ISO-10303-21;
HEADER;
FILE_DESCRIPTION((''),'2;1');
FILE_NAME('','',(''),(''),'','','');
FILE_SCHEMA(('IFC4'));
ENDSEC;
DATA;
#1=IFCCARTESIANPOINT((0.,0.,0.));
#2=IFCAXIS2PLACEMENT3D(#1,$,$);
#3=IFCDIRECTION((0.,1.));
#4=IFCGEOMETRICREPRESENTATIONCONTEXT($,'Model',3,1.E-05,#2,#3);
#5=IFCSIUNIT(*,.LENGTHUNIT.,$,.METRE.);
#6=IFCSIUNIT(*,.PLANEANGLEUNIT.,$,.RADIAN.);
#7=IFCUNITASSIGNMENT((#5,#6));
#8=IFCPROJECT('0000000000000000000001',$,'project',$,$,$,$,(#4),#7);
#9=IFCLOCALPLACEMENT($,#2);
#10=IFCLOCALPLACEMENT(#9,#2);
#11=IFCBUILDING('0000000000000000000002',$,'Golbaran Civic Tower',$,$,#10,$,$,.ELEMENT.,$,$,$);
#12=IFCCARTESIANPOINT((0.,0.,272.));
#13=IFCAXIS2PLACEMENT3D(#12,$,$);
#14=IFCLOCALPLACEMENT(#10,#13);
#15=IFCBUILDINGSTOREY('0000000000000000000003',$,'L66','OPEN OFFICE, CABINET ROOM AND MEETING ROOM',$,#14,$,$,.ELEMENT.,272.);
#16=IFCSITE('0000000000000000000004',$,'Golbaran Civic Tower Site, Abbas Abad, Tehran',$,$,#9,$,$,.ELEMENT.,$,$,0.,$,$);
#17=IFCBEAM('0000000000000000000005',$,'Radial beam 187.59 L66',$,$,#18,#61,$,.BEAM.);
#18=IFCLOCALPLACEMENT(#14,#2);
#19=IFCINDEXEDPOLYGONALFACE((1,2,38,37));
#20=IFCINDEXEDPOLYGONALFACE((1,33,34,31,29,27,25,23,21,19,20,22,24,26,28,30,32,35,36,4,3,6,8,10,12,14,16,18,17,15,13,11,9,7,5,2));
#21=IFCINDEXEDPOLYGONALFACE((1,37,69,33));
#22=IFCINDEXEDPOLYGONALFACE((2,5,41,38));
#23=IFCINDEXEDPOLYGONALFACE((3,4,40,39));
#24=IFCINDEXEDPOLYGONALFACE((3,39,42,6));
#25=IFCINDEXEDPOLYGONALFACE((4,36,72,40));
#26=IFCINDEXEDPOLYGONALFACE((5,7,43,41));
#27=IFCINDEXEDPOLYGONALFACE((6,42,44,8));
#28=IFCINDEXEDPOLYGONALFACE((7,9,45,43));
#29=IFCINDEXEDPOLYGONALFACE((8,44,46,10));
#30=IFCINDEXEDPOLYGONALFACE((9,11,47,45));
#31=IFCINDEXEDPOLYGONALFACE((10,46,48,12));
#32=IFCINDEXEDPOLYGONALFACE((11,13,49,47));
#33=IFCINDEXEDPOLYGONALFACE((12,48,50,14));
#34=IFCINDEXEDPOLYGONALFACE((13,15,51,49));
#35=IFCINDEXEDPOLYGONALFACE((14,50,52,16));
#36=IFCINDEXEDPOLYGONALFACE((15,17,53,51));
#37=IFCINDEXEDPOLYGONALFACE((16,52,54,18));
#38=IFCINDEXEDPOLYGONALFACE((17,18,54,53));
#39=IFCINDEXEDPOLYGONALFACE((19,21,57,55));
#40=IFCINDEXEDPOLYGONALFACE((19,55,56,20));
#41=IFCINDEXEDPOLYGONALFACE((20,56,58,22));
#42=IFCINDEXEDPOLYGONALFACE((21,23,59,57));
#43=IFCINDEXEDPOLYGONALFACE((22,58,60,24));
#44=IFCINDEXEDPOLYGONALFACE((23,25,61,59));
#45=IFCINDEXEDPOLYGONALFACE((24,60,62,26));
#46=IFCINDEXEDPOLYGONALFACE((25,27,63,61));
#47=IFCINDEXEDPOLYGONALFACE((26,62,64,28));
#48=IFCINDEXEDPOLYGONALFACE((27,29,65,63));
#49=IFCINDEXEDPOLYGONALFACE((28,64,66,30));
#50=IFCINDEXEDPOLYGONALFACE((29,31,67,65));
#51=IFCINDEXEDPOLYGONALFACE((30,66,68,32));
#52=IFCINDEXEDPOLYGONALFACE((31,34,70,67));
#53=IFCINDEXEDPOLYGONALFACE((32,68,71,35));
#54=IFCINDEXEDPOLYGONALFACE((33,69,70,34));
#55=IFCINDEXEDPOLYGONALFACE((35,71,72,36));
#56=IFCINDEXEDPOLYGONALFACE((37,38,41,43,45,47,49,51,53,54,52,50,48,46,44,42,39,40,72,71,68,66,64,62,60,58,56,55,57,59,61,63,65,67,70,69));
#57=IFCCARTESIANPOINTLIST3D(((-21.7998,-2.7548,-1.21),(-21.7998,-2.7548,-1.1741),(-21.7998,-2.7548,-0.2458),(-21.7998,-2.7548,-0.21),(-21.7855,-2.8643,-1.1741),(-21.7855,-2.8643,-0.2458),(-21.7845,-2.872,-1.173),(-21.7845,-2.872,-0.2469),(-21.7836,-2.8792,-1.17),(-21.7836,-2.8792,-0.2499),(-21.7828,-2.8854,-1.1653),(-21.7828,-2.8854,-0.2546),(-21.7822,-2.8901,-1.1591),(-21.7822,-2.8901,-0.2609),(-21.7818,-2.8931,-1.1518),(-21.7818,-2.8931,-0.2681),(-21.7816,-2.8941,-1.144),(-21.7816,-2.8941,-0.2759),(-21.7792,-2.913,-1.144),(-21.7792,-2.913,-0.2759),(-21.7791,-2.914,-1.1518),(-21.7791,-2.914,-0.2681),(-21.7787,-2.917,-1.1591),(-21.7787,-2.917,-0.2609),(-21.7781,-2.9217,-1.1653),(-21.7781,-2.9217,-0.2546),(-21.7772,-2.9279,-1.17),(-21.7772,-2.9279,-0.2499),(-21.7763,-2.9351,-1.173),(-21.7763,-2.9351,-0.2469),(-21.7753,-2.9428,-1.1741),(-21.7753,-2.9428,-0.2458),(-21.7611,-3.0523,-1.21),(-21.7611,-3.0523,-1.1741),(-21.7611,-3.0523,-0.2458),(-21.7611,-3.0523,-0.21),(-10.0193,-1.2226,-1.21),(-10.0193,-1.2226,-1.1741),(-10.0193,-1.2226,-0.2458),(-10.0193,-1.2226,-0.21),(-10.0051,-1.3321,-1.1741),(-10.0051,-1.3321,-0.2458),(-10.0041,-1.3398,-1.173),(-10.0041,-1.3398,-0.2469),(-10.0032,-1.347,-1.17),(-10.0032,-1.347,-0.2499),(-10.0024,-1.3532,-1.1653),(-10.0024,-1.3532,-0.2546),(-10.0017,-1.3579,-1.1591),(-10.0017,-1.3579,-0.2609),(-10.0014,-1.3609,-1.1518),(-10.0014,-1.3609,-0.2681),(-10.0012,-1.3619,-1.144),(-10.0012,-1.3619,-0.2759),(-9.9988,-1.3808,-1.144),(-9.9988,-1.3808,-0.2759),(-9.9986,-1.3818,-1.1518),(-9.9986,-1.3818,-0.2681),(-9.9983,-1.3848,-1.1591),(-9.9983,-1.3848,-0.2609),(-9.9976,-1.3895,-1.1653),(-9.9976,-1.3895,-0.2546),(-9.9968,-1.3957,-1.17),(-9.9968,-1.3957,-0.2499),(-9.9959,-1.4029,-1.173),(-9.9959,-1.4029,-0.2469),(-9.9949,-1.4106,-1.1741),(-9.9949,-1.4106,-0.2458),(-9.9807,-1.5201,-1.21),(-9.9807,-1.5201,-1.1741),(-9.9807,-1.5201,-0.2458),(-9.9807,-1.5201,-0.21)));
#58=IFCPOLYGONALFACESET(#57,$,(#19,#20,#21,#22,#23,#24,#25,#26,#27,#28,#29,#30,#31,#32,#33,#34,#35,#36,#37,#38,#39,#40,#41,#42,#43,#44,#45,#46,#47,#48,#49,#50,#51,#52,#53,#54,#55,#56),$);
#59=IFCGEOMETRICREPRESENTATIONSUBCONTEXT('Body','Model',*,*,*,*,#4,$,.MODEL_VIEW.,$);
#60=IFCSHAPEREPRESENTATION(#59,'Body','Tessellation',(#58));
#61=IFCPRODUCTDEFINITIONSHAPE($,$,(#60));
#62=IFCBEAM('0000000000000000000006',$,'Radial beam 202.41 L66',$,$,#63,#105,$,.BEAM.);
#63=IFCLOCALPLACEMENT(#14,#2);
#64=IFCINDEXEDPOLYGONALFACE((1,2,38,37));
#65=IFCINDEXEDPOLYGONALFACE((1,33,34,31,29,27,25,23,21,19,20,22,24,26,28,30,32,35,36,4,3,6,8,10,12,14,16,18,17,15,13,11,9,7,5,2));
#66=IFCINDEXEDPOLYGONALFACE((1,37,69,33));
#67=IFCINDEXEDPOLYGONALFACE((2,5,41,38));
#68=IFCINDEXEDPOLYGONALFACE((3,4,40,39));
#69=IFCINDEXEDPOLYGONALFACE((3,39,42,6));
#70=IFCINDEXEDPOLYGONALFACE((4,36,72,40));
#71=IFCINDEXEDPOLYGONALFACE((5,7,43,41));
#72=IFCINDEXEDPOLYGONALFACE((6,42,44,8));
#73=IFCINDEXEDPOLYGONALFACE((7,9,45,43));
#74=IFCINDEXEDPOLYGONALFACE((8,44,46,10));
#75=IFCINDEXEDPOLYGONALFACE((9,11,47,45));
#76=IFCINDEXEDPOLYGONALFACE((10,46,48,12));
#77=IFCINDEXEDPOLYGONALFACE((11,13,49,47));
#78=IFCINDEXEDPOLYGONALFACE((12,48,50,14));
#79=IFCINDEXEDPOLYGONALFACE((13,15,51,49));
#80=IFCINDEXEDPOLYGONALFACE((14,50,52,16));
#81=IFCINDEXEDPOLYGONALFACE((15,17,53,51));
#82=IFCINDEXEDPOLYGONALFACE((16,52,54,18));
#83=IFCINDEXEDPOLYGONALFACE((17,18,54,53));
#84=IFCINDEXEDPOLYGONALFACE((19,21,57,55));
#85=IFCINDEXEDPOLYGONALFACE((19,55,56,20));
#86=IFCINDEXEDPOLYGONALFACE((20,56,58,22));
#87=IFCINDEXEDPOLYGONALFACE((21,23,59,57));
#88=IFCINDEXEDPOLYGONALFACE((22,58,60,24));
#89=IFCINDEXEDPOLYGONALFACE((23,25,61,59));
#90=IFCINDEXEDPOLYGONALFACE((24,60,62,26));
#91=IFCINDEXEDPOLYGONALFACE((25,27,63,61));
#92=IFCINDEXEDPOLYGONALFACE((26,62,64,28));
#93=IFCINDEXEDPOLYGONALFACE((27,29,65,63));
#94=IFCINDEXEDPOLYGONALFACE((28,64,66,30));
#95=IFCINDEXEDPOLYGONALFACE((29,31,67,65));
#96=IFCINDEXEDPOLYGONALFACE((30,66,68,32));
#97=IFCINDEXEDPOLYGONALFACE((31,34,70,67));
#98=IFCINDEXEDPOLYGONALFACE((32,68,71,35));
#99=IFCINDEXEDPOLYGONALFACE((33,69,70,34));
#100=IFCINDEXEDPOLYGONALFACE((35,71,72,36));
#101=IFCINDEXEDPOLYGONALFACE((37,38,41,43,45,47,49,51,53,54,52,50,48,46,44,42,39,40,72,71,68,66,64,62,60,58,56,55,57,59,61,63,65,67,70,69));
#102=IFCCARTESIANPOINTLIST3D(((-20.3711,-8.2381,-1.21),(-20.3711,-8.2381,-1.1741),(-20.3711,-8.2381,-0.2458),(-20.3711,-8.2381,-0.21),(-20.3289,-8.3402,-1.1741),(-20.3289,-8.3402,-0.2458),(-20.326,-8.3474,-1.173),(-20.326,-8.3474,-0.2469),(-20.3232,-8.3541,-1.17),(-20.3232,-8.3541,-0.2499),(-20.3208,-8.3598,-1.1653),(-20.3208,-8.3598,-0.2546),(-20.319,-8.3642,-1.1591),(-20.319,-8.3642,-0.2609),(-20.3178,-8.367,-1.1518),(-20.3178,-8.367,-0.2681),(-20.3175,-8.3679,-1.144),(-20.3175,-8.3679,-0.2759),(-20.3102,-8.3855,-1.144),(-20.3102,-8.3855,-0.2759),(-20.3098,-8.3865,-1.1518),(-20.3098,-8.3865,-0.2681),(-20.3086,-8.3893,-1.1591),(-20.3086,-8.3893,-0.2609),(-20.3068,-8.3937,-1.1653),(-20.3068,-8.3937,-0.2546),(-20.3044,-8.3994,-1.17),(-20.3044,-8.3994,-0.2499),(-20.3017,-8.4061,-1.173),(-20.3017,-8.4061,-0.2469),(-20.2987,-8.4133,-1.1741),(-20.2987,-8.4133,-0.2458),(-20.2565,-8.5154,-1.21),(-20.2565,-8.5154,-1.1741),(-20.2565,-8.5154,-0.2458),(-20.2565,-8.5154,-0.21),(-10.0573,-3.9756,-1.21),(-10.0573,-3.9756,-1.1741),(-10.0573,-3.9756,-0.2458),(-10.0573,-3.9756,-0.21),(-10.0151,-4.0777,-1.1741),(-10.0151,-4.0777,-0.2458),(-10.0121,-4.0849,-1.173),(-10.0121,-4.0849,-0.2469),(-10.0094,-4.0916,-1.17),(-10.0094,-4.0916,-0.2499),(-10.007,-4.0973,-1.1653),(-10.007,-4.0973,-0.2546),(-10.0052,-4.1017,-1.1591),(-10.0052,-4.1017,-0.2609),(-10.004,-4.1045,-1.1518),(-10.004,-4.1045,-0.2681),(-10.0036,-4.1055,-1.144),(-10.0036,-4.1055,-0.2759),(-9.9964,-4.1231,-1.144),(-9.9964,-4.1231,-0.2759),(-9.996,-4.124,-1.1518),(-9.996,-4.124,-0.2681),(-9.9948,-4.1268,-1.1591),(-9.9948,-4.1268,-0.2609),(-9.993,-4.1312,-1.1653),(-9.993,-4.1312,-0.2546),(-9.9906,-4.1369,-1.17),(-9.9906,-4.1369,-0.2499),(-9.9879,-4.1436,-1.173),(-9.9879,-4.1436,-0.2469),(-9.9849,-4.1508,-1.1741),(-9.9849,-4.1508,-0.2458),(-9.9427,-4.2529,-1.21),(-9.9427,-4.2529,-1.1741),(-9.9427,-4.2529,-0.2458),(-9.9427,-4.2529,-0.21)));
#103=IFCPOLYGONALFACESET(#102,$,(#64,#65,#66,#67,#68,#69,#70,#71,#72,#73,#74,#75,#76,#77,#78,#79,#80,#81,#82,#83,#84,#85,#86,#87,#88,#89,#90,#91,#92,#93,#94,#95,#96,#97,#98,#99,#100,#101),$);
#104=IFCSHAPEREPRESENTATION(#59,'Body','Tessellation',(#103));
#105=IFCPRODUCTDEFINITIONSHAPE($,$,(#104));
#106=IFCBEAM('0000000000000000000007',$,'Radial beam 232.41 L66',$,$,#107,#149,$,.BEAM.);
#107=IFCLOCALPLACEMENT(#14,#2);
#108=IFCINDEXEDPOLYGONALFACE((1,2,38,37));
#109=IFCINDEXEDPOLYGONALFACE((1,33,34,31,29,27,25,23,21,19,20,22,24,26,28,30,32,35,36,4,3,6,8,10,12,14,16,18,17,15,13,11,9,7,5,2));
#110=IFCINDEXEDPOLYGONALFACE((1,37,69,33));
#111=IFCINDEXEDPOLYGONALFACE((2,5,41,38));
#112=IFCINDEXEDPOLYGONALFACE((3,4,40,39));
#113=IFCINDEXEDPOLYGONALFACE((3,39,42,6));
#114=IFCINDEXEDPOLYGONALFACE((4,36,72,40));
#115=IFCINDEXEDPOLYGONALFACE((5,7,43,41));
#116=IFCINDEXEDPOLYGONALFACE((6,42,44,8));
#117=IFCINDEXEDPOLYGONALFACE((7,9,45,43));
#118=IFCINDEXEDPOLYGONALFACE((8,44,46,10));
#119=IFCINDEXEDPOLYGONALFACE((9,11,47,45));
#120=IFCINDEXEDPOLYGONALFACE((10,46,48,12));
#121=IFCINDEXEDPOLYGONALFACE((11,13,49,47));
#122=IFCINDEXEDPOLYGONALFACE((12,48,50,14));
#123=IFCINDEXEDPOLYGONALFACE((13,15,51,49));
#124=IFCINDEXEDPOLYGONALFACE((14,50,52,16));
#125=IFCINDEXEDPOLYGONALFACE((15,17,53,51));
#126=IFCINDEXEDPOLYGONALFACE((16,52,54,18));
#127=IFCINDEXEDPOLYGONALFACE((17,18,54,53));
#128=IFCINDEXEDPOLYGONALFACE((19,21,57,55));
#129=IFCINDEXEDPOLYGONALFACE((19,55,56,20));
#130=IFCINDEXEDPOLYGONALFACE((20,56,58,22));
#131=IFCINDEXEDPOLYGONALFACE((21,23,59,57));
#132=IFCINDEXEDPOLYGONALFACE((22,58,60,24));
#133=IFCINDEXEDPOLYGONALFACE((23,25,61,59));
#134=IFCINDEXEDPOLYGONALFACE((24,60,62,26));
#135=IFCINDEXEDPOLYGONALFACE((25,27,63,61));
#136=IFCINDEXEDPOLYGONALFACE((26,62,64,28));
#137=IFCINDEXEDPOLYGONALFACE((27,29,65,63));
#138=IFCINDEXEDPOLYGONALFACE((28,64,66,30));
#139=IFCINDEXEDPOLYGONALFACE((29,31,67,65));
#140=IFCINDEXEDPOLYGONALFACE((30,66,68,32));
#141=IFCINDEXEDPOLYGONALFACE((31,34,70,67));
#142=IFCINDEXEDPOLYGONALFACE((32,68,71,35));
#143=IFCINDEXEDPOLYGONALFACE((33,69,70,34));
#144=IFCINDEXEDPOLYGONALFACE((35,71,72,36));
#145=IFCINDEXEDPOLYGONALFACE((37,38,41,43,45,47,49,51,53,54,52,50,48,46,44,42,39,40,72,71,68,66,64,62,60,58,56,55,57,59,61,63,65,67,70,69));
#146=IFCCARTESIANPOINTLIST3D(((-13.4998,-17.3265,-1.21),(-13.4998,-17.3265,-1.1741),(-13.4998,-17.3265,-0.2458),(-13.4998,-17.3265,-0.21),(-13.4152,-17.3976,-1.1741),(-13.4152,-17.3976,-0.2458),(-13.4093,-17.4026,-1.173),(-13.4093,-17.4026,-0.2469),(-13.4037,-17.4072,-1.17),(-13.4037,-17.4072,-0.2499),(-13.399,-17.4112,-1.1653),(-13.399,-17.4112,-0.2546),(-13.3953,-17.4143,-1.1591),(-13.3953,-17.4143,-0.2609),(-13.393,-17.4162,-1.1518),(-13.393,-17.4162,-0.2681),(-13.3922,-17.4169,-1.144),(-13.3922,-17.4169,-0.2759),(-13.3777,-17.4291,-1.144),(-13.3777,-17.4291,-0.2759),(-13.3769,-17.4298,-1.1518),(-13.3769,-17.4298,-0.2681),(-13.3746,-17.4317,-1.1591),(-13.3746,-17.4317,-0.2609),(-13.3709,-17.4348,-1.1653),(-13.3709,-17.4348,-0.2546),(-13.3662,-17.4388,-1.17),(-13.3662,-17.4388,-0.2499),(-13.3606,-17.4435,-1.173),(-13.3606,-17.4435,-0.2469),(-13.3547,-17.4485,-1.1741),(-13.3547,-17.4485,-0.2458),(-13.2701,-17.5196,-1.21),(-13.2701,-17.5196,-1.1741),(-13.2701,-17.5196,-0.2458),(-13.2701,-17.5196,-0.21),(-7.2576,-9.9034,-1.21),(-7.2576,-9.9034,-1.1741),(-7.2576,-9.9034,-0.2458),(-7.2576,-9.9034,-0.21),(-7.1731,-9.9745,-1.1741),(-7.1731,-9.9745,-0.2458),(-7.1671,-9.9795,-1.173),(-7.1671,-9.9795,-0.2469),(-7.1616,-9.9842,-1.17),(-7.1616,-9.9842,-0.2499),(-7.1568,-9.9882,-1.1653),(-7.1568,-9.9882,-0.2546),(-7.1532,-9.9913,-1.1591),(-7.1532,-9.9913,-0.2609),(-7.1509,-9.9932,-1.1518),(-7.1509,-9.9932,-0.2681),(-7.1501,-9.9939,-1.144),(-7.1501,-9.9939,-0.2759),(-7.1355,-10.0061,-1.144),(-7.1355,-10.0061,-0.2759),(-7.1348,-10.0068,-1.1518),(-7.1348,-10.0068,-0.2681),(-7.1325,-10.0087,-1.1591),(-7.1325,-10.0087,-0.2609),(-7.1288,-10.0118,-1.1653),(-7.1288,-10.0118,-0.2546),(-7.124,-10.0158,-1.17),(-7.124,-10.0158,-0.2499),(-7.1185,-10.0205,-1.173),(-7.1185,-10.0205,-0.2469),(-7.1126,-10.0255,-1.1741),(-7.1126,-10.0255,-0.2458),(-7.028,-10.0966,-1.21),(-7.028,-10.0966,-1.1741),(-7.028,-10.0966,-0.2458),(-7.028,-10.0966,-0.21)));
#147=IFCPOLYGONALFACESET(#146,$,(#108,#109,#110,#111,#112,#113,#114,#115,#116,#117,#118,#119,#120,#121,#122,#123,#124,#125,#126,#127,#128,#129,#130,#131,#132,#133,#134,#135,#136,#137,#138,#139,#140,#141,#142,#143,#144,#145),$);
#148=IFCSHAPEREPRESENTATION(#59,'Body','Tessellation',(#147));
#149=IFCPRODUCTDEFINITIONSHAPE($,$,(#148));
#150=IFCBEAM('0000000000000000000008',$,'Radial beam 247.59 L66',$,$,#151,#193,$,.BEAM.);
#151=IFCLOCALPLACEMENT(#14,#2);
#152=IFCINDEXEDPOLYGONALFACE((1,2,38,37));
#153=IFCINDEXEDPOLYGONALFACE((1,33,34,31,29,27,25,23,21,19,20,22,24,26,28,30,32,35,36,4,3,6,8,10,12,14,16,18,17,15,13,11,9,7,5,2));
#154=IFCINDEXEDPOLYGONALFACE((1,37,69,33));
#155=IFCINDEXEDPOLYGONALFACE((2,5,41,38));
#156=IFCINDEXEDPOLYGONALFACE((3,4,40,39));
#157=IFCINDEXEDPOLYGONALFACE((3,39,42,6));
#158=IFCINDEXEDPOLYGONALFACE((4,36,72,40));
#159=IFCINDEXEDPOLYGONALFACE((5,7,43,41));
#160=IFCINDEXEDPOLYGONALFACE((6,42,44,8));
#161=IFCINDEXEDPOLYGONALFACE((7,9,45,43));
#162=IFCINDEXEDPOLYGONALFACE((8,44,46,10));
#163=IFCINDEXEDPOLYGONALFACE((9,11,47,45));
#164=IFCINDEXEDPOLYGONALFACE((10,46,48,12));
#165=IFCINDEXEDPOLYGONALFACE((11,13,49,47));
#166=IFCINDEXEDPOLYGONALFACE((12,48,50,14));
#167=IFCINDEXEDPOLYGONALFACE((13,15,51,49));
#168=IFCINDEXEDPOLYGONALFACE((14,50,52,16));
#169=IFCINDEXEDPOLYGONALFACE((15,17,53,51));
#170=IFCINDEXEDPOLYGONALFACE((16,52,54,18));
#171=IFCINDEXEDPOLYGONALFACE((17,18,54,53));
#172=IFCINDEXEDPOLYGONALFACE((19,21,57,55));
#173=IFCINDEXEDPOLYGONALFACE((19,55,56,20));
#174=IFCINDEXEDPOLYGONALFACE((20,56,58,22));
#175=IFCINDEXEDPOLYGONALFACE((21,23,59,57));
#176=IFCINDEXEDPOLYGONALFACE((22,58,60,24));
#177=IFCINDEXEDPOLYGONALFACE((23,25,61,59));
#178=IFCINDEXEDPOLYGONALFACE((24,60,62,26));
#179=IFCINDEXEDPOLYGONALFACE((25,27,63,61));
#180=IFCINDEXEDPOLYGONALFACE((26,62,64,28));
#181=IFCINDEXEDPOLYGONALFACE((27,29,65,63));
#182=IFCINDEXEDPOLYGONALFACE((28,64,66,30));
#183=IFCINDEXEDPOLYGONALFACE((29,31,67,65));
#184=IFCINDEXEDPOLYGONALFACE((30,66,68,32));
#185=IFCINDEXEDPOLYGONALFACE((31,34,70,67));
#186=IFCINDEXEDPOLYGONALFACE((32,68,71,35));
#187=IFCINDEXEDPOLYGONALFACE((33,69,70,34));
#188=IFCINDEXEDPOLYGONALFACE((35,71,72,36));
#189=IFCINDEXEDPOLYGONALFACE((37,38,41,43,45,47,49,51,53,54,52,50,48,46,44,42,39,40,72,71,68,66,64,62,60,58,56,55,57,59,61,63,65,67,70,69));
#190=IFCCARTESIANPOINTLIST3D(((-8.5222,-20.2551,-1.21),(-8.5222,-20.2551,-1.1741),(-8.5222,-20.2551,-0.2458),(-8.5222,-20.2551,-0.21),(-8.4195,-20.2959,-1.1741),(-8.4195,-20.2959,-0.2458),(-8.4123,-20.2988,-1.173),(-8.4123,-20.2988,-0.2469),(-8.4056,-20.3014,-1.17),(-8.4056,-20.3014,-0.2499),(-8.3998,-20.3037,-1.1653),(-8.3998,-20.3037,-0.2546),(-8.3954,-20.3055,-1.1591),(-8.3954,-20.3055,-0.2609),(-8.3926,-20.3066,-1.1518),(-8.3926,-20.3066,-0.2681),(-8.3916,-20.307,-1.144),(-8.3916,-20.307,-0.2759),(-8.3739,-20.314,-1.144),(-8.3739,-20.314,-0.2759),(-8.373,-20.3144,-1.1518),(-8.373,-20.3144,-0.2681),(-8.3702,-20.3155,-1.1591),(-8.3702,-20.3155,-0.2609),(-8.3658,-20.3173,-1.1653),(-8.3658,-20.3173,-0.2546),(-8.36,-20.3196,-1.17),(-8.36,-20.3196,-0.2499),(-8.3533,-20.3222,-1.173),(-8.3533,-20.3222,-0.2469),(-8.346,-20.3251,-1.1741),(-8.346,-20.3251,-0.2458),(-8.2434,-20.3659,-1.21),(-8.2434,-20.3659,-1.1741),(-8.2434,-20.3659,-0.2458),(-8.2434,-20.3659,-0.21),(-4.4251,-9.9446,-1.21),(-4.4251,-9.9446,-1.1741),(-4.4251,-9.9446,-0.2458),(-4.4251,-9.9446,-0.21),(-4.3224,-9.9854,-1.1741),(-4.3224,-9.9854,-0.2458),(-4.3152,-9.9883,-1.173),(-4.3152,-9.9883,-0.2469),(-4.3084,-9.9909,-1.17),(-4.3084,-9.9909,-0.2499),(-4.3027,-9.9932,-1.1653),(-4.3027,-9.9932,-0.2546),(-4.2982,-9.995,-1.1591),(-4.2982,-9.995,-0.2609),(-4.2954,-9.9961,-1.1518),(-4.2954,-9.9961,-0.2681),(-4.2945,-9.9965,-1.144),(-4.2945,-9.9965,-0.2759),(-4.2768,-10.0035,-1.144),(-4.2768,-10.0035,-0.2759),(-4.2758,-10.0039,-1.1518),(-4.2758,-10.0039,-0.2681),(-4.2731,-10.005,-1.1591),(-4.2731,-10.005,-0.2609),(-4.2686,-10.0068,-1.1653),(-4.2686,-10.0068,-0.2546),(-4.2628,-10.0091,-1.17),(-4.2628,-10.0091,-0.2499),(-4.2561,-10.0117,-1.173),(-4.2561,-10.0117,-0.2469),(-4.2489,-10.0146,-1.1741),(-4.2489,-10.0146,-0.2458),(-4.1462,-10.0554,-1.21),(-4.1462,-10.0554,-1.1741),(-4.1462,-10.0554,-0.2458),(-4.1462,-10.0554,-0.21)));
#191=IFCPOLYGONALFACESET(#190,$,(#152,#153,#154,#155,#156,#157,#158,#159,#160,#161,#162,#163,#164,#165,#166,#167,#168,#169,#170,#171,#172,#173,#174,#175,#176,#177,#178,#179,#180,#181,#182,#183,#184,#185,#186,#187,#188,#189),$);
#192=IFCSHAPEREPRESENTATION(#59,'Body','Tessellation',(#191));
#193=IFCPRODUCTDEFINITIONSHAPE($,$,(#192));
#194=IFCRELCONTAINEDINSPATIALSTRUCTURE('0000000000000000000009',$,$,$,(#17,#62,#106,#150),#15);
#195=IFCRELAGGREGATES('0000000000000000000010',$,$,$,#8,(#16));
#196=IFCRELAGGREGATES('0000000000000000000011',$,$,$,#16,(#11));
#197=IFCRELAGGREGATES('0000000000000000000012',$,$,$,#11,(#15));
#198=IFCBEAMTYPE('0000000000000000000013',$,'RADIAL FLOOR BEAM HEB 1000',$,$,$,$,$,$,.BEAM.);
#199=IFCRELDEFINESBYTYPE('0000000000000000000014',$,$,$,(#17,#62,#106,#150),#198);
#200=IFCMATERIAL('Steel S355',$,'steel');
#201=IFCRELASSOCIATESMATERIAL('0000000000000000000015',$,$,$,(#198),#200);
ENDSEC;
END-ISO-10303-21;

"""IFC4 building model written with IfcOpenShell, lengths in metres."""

from ifc_helpers import new_model, si_unit, direction, frame, origin, origin_2d, place, context, subcontext, project, spatial, i_section, extrude, material, material_profile, profile_set, type_object, element, save


model = new_model("IFC4")

# Units and contexts
model_context = context("Model", 3, precision=1e-05, world=origin(), true_north=direction((0.0, 1.0)))
body_context = subcontext(model_context, "Body", "Model", "MODEL_VIEW")
ifc_project = project(units=[si_unit("LENGTHUNIT", "METRE"), si_unit("PLANEANGLEUNIT", "RADIAN")], contexts=[model_context])

# Site, building, storey
site_placement = place(None, origin())
site = spatial("IfcSite", under=ifc_project, at=site_placement, Name="Golbaran Civic Tower Site, Abbas Abad, Tehran", CompositionType="ELEMENT", RefElevation=0.0)
building_placement = place(site_placement, origin())
building = spatial("IfcBuilding", under=site, at=building_placement, Name="Golbaran Civic Tower", CompositionType="ELEMENT")
storey_placement = place(building_placement, frame((0.0, 0.0, 272.0)))
storey = spatial("IfcBuildingStorey", under=building, at=storey_placement, Name="L66", Description="OPEN OFFICE, CABINET ROOM AND MEETING ROOM", CompositionType="ELEMENT", Elevation=272.0)

# Beams
ifc_material_1 = material(Name="Steel S355", Category="steel")
ifc_material_profile = material_profile(ifc_material_1, i_section(OverallWidth=0.3, OverallDepth=1.0, WebThickness=0.019, FlangeThickness=0.0359, FilletRadius=0.03, at=origin_2d()), Name="HEB 1000")
ifc_profile_set = profile_set([ifc_material_profile], Name="Steel S355")
beam_type = type_object("IfcBeamType", Name="RADIAL FLOOR BEAM HEB 1000", PredefinedType="BEAM", material=ifc_profile_set)
beam_1_placement = place(storey_placement, frame((-10.0, -1.3713, -0.71), z_axis=(-0.991647, -0.128978, 0.0), x_axis=(0.128978, -0.991647, 0.0)))
element("IfcBeam", 1, at=beam_1_placement, inside=storey, type_object=beam_type, Name="Radial beam 187.59 L66", PredefinedType="BEAM", context=body_context, shape_type="SweptSolid", body=[
    extrude(i_section(OverallWidth=0.3, OverallDepth=1.0, WebThickness=0.019, FlangeThickness=0.0359, FilletRadius=0.03, at=origin_2d()), origin(), (0.0, 0.0, 1.0), 11.8796),
])
beam_2_placement = place(storey_placement, frame((-10.0, -4.1143, -0.71), z_axis=(-0.924184, -0.381947, 0.0), x_axis=(0.381947, -0.924184, 0.0)))
element("IfcBeam", 2, at=beam_2_placement, inside=storey, type_object=beam_type, Name="Radial beam 202.41 L66", PredefinedType="BEAM", context=body_context, shape_type="SweptSolid", body=[
    extrude(i_section(OverallWidth=0.3, OverallDepth=1.0, WebThickness=0.019, FlangeThickness=0.0359, FilletRadius=0.03, at=origin_2d()), origin(), (0.0, 0.0, 1.0), 11.1599),
])
beam_3_placement = place(storey_placement, frame((-7.1428, -10.0, -0.71), z_axis=(-0.643602, -0.76536, 0.0), x_axis=(0.76536, -0.643602, 0.0)))
element("IfcBeam", 3, at=beam_3_placement, inside=storey, type_object=beam_type, Name="Radial beam 232.41 L66", PredefinedType="BEAM", context=body_context, shape_type="SweptSolid", body=[
    extrude(i_section(OverallWidth=0.3, OverallDepth=1.0, WebThickness=0.019, FlangeThickness=0.0359, FilletRadius=0.03, at=origin_2d()), origin(), (0.0, 0.0, 1.0), 9.6987),
])
beam_4_placement = place(storey_placement, frame((-4.2856, -10.0, -0.71), z_axis=(-0.369288, -0.929315, 0.0), x_axis=(0.929315, -0.369288, 0.0)))
element("IfcBeam", 4, at=beam_4_placement, inside=storey, type_object=beam_type, Name="Radial beam 247.59 L66", PredefinedType="BEAM", context=body_context, shape_type="SweptSolid", body=[
    extrude(i_section(OverallWidth=0.3, OverallDepth=1.0, WebThickness=0.019, FlangeThickness=0.0359, FilletRadius=0.03, at=origin_2d()), origin(), (0.0, 0.0, 1.0), 11.0947),
])

save(model, "model.ifc")
